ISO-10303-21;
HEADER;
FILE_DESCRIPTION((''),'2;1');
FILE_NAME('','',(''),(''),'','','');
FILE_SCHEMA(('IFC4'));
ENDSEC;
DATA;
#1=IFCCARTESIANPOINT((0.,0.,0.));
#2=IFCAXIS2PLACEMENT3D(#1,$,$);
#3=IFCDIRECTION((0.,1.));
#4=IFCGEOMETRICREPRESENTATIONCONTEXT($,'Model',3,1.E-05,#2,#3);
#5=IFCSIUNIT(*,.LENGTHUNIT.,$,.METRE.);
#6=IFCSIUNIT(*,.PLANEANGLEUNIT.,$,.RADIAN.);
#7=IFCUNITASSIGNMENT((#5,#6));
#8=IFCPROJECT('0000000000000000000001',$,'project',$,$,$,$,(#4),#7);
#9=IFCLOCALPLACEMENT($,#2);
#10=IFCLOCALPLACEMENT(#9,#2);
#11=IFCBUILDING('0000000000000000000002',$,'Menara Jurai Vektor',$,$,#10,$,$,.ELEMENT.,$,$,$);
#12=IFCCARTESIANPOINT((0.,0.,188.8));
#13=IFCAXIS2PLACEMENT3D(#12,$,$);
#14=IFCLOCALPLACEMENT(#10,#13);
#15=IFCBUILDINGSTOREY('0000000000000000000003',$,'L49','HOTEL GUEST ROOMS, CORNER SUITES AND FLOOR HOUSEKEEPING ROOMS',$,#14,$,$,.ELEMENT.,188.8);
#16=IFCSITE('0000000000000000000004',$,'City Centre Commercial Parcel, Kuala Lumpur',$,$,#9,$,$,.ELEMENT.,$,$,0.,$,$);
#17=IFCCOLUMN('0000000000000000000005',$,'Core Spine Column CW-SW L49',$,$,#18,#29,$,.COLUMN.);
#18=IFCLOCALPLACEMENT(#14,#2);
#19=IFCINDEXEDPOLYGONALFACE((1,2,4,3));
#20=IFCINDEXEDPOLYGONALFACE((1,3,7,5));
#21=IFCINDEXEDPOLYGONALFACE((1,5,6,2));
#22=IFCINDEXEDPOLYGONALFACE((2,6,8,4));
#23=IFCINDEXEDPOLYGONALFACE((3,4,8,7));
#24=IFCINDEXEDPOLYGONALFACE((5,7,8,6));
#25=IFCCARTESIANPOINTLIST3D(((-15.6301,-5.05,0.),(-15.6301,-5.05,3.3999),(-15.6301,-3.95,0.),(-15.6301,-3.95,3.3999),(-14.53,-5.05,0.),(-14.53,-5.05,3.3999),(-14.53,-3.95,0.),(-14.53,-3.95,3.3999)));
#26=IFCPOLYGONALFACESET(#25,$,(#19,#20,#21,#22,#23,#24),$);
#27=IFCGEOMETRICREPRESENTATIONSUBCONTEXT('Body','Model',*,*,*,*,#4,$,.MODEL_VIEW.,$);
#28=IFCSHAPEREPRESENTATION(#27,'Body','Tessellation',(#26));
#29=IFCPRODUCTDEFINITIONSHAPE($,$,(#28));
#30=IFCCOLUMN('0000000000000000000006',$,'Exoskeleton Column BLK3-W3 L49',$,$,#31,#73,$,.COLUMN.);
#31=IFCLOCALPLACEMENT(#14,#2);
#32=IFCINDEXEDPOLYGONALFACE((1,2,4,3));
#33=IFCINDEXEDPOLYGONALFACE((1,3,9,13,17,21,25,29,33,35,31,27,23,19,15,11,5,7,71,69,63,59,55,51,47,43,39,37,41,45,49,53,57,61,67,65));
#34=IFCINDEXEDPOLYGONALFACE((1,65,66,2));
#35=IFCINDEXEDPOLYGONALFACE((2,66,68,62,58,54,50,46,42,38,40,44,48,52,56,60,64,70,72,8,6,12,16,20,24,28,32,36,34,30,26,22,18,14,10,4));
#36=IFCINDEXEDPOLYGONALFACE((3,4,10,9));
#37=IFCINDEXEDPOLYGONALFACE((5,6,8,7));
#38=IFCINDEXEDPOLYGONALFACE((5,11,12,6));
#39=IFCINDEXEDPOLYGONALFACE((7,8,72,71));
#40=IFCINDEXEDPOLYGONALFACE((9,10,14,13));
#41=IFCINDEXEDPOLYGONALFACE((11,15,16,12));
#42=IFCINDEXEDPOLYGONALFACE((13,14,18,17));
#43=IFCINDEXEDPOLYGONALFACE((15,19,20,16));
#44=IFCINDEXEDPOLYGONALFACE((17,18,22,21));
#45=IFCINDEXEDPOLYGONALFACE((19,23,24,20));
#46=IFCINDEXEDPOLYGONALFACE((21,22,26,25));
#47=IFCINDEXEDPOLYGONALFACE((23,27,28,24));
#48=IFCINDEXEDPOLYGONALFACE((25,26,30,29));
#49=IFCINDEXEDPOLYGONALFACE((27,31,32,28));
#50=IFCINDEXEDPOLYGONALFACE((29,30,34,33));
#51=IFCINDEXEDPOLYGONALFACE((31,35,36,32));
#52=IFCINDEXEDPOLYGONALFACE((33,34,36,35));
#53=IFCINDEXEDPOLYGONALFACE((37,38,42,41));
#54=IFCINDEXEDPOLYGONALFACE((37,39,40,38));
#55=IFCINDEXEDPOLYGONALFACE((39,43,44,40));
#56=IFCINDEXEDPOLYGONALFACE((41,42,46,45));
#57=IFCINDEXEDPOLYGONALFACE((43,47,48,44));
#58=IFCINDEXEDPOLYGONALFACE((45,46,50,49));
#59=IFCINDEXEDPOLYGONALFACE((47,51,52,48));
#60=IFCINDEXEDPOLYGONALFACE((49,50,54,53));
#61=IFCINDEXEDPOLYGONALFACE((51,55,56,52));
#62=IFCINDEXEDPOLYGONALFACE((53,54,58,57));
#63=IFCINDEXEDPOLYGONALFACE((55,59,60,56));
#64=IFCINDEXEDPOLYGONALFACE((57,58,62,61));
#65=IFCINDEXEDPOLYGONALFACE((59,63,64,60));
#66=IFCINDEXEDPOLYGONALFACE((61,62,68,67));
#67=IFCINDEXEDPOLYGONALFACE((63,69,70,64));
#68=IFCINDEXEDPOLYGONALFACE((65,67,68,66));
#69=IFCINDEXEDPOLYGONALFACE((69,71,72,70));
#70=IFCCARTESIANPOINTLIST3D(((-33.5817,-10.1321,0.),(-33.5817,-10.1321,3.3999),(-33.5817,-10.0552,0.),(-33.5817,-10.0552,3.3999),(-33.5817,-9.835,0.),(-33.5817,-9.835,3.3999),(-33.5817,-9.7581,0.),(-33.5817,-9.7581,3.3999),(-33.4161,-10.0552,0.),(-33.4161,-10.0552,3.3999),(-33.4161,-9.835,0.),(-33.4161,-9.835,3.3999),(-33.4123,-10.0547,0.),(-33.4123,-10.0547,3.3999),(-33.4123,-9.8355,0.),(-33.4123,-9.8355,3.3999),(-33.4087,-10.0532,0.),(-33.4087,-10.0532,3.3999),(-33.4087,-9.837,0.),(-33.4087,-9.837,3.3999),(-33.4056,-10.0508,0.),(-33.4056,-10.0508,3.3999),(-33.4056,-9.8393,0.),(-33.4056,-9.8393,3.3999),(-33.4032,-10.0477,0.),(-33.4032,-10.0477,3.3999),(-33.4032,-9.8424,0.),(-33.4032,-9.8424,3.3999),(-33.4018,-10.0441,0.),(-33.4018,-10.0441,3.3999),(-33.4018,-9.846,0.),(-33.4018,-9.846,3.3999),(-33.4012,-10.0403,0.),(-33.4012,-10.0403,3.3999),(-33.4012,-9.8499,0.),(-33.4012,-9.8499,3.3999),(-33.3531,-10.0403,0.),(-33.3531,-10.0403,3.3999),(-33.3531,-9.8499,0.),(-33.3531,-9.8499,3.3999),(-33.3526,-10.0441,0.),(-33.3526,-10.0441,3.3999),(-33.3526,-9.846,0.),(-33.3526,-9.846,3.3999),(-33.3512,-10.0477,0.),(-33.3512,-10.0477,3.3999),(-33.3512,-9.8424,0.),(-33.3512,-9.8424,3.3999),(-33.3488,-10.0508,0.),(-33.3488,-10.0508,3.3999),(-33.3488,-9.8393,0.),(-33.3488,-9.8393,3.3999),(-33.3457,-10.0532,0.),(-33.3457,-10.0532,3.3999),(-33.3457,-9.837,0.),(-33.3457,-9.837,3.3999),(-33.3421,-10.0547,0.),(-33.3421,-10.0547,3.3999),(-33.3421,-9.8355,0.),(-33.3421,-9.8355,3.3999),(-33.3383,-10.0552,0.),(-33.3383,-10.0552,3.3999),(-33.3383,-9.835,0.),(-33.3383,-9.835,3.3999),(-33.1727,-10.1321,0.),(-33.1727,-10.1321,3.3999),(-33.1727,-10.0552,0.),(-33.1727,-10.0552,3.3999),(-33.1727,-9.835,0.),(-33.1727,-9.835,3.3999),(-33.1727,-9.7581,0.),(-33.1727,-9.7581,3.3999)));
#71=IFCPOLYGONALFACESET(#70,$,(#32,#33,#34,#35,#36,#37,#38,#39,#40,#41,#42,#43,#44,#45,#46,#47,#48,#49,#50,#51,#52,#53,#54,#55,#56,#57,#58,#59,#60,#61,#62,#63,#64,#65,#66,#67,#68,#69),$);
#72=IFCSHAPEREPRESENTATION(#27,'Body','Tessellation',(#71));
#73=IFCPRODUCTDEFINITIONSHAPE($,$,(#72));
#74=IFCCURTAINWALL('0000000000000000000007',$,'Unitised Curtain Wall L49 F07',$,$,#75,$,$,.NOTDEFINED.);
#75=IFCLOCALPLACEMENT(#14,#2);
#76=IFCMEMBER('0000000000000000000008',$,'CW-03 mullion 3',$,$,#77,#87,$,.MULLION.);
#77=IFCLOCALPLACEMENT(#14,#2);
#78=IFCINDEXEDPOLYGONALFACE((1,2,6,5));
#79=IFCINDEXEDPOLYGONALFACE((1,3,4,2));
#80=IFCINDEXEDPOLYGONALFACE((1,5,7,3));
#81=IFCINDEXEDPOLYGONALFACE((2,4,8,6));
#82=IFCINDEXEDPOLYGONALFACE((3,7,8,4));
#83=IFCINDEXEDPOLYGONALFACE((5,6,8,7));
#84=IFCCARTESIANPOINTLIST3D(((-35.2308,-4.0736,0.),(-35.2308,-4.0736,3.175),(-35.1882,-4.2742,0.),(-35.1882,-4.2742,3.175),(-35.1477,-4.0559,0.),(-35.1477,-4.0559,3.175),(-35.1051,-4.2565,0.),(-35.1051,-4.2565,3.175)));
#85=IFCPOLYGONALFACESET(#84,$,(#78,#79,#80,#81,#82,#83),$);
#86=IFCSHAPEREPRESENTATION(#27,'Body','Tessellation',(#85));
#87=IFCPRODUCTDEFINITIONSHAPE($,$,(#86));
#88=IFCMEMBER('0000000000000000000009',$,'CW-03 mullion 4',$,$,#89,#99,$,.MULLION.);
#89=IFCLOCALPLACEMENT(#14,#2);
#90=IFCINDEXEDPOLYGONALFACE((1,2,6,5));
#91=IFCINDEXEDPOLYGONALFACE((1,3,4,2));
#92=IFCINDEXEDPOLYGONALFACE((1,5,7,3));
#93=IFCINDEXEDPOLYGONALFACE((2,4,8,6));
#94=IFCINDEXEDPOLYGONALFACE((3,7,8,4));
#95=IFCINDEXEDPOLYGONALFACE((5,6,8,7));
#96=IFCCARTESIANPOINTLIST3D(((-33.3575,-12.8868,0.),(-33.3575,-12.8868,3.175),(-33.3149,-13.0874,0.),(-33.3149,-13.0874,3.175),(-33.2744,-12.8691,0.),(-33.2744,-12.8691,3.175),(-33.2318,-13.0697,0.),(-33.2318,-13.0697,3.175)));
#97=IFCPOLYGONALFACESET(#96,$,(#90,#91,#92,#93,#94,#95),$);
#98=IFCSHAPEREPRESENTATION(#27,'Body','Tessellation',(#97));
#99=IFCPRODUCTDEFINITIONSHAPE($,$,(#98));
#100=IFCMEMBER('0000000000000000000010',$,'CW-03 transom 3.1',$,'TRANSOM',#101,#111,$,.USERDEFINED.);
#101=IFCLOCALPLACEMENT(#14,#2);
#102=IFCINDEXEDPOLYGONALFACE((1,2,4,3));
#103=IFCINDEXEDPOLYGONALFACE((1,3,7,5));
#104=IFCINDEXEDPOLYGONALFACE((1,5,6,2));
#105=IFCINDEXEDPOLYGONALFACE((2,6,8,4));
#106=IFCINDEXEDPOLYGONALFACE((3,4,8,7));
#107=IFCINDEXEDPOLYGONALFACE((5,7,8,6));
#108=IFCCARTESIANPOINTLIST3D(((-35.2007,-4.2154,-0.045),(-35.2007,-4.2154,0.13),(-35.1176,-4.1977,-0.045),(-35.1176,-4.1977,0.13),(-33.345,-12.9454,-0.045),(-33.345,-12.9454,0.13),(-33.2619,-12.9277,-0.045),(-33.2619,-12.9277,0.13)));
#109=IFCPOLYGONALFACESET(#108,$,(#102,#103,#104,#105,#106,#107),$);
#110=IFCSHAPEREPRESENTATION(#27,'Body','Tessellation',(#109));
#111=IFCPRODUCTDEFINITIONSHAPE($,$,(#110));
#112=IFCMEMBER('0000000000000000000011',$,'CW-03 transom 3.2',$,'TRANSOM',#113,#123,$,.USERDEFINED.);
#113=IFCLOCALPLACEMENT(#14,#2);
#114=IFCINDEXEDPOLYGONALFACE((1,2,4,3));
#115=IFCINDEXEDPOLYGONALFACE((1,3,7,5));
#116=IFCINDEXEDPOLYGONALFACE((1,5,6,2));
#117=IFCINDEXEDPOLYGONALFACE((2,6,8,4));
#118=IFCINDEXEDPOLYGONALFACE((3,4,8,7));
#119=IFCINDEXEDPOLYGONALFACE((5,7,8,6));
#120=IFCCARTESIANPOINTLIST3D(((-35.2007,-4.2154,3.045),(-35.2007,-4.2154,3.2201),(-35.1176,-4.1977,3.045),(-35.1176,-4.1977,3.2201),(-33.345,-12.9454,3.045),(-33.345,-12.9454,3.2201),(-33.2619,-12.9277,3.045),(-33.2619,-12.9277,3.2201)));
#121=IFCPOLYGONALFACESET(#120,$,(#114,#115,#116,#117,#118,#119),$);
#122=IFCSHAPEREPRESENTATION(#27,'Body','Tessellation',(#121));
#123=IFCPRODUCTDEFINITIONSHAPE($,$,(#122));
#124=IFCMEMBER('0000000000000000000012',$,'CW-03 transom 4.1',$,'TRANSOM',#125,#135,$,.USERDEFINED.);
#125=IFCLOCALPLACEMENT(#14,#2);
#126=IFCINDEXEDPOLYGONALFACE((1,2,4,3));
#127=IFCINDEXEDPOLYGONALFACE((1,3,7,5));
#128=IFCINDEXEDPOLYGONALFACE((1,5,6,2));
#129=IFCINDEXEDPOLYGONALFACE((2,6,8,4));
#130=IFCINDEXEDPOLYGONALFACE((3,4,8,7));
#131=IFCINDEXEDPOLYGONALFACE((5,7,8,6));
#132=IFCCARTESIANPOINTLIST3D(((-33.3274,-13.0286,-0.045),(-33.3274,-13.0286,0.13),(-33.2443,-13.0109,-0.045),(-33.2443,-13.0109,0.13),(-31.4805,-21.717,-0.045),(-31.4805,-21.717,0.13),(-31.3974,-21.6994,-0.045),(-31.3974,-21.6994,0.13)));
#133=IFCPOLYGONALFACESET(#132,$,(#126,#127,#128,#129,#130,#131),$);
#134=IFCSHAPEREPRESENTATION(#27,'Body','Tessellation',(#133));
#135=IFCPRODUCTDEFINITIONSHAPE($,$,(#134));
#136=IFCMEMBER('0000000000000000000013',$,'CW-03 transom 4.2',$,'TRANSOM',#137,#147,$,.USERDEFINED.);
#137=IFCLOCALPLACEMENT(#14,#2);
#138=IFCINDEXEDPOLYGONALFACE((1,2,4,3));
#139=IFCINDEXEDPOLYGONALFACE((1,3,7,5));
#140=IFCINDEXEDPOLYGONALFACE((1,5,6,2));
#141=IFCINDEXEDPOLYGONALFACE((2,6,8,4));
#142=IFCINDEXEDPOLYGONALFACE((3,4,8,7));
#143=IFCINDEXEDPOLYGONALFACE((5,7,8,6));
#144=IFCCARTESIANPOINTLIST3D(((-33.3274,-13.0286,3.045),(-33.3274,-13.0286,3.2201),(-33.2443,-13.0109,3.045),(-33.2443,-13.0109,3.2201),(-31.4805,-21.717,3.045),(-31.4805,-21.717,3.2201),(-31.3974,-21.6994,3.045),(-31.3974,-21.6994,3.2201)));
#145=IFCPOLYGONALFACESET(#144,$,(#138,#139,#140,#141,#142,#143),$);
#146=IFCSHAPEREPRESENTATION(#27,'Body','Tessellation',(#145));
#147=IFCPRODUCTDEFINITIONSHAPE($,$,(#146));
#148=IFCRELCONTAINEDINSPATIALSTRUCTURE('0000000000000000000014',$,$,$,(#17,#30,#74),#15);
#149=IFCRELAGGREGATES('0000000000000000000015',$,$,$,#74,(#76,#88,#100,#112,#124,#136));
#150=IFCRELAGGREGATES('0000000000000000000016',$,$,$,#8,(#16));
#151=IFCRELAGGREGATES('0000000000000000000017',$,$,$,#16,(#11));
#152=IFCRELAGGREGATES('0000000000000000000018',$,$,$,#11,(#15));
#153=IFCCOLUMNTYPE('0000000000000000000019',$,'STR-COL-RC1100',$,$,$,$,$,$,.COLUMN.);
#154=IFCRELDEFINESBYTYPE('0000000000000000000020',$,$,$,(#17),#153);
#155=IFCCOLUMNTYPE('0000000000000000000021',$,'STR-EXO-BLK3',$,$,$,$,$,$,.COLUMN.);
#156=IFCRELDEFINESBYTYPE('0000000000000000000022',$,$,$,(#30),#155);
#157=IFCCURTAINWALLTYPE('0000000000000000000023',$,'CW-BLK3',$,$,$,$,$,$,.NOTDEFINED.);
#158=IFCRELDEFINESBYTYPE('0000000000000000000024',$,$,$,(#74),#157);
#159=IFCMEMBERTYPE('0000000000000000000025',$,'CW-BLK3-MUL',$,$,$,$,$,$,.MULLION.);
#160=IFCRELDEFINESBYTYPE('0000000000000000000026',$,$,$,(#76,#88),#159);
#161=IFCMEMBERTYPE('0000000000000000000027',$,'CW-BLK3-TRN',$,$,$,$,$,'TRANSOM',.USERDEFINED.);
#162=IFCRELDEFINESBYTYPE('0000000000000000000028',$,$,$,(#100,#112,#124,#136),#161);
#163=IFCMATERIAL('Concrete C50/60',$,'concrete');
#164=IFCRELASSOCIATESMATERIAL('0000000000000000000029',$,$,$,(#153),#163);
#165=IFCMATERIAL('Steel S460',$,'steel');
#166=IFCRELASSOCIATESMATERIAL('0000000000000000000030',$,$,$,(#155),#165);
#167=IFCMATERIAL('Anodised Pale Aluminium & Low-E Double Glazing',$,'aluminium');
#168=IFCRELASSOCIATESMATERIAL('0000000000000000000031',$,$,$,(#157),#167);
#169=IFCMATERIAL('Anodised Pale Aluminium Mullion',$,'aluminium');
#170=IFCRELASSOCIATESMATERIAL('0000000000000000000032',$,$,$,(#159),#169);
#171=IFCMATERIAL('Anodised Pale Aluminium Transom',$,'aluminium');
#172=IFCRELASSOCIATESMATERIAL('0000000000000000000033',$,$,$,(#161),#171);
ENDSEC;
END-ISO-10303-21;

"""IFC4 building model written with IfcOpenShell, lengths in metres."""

from ifc_helpers import new_model, si_unit, direction, frame, origin, origin_2d, place, context, subcontext, project, spatial, rectangle, i_section, extrude, material, material_profile, profile_set, type_object, element, aggregate, save


model = new_model("IFC4")

# Units and contexts
model_context = context("Model", 3, precision=1e-05, world=origin(), true_north=direction((0.0, 1.0)))
body_context = subcontext(model_context, "Body", "Model", "MODEL_VIEW")
ifc_project = project(units=[si_unit("LENGTHUNIT", "METRE"), si_unit("PLANEANGLEUNIT", "RADIAN")], contexts=[model_context])

# Site, building, storey
site_placement = place(None, origin())
site = spatial("IfcSite", under=ifc_project, at=site_placement, Name="City Centre Commercial Parcel, Kuala Lumpur", CompositionType="ELEMENT", RefElevation=0.0)
building_placement = place(site_placement, origin())
building = spatial("IfcBuilding", under=site, at=building_placement, Name="Menara Jurai Vektor", CompositionType="ELEMENT")
storey_placement = place(building_placement, frame((0.0, 0.0, 188.8)))
storey = spatial("IfcBuildingStorey", under=building, at=storey_placement, Name="L49", Description="HOTEL GUEST ROOMS, CORNER SUITES AND FLOOR HOUSEKEEPING ROOMS", CompositionType="ELEMENT", Elevation=188.8)

# Columns
ifc_material_1 = material(Name="Concrete C50/60", Category="concrete")
ifc_material_profile_1 = material_profile(ifc_material_1, rectangle(XDim=1.1001, YDim=1.1001, at=origin_2d()), Name="RC 1100x1100")
ifc_profile_set_1 = profile_set([ifc_material_profile_1], Name="Concrete C50/60")
column_type_1 = type_object("IfcColumnType", Name="STR-COL-RC1100", PredefinedType="COLUMN", material=ifc_profile_set_1)
column_1_placement = place(storey_placement, frame((-15.0801, -4.5, 0.0), z_axis=(0.0, 0.0, 1.0), x_axis=(1.0, 0.0, 0.0)))
element("IfcColumn", 1, at=column_1_placement, inside=storey, type_object=column_type_1, Name="Core Spine Column CW-SW L49", PredefinedType="COLUMN", context=body_context, shape_type="SweptSolid", body=[
    extrude(rectangle(XDim=1.1001, YDim=1.1001, at=origin_2d()), origin(), (0.0, 0.0, 1.0), 3.3999),
])
ifc_material_2 = material(Name="Steel S460", Category="steel")
ifc_material_profile_2 = material_profile(ifc_material_2, i_section(OverallWidth=0.4089, OverallDepth=0.374, WebThickness=0.0481, FlangeThickness=0.0769, FilletRadius=0.0149, at=origin_2d()), Name="HD 400x634")
ifc_profile_set_2 = profile_set([ifc_material_profile_2], Name="Steel S460")
column_type_2 = type_object("IfcColumnType", Name="STR-EXO-BLK3", PredefinedType="COLUMN", material=ifc_profile_set_2)
column_2_placement = place(storey_placement, frame((-33.3772, -9.9451, 0.0), z_axis=(0.0, 0.0, 1.0), x_axis=(1.0, 0.0, 0.0)))
element("IfcColumn", 2, at=column_2_placement, inside=storey, type_object=column_type_2, Name="Exoskeleton Column BLK3-W3 L49", PredefinedType="COLUMN", context=body_context, shape_type="SweptSolid", body=[
    extrude(i_section(OverallWidth=0.4089, OverallDepth=0.374, WebThickness=0.0481, FlangeThickness=0.0769, FilletRadius=0.0149, at=origin_2d()), origin(), (0.0, 0.0, 1.0), 3.3999),
])

# Curtain wall, members
ifc_material_3 = material(Name="Anodised Pale Aluminium & Low-E Double Glazing", Category="aluminium")
curtain_wall_type = type_object("IfcCurtainWallType", Name="CW-BLK3", PredefinedType="NOTDEFINED", material=ifc_material_3)
curtain_wall_placement = place(storey_placement, origin())
curtain_wall = element("IfcCurtainWall", 3, at=curtain_wall_placement, inside=storey, type_object=curtain_wall_type, Name="Unitised Curtain Wall L49 F07", PredefinedType="NOTDEFINED")
ifc_material_4 = material(Name="Anodised Pale Aluminium Mullion", Category="aluminium")
ifc_material_profile_3 = material_profile(ifc_material_4, rectangle(XDim=0.085, YDim=0.2051, at=origin_2d()), Name="ALU MUL 85x205")
ifc_profile_set_3 = profile_set([ifc_material_profile_3], Name="Anodised Pale Aluminium Mullion")
member_type_1 = type_object("IfcMemberType", Name="CW-BLK3-MUL", PredefinedType="MULLION", material=ifc_profile_set_3)
member_1_placement = place(storey_placement, frame((-35.168, -4.165, 0.0), z_axis=(0.0, 0.0, 1.0), x_axis=(0.978148, 0.20791, 0.0)))
member_1 = element("IfcMember", 4, at=member_1_placement, type_object=member_type_1, Name="CW-03 mullion 3", PredefinedType="MULLION", context=body_context, shape_type="SweptSolid", body=[
    extrude(rectangle(XDim=0.085, YDim=0.2051, at=origin_2d()), origin(), (0.0, 0.0, 1.0), 3.175),
])
member_2_placement = place(storey_placement, frame((-33.2947, -12.9783, 0.0), z_axis=(0.0, 0.0, 1.0), x_axis=(0.978148, 0.20791, 0.0)))
member_2 = element("IfcMember", 5, at=member_2_placement, type_object=member_type_1, Name="CW-03 mullion 4", PredefinedType="MULLION", context=body_context, shape_type="SweptSolid", body=[
    extrude(rectangle(XDim=0.085, YDim=0.2051, at=origin_2d()), origin(), (0.0, 0.0, 1.0), 3.175),
])
ifc_material_5 = material(Name="Anodised Pale Aluminium Transom", Category="aluminium")
ifc_material_profile_4 = material_profile(ifc_material_5, rectangle(XDim=0.085, YDim=0.175, at=origin_2d()), Name="ALU TRN 85x175")
ifc_profile_set_4 = profile_set([ifc_material_profile_4], Name="Anodised Pale Aluminium Transom")
member_type_2 = type_object("IfcMemberType", Name="CW-BLK3-TRN", ElementType="TRANSOM", PredefinedType="USERDEFINED", material=ifc_profile_set_4)
member_3_placement = place(storey_placement, frame((-35.1592, -4.2065, 0.0425), z_axis=(0.207922, -0.978145, 0.0), x_axis=(0.978145, 0.207922, 0.0)))
member_3 = element("IfcMember", 6, at=member_3_placement, type_object=member_type_2, Name="CW-03 transom 3.1", ObjectType="TRANSOM", PredefinedType="USERDEFINED", context=body_context, shape_type="SweptSolid", body=[
    extrude(rectangle(XDim=0.085, YDim=0.175, at=origin_2d()), origin(), (0.0, 0.0, 1.0), 8.925),
])
member_4_placement = place(storey_placement, frame((-35.1592, -4.2065, 3.1326), z_axis=(0.207922, -0.978145, 0.0), x_axis=(0.978145, 0.207922, 0.0)))
member_4 = element("IfcMember", 7, at=member_4_placement, type_object=member_type_2, Name="CW-03 transom 3.2", ObjectType="TRANSOM", PredefinedType="USERDEFINED", context=body_context, shape_type="SweptSolid", body=[
    extrude(rectangle(XDim=0.085, YDim=0.175, at=origin_2d()), origin(), (0.0, 0.0, 1.0), 8.925),
])
member_5_placement = place(storey_placement, frame((-33.2859, -13.0198, 0.0425), z_axis=(0.207926, -0.978145, 0.0), x_axis=(0.978145, 0.207926, 0.0)))
member_5 = element("IfcMember", 8, at=member_5_placement, type_object=member_type_2, Name="CW-03 transom 4.1", ObjectType="TRANSOM", PredefinedType="USERDEFINED", context=body_context, shape_type="SweptSolid", body=[
    extrude(rectangle(XDim=0.085, YDim=0.175, at=origin_2d()), origin(), (0.0, 0.0, 1.0), 8.8826),
])
member_6_placement = place(storey_placement, frame((-33.2859, -13.0198, 3.1326), z_axis=(0.207926, -0.978145, 0.0), x_axis=(0.978145, 0.207926, 0.0)))
member_6 = element("IfcMember", 9, at=member_6_placement, type_object=member_type_2, Name="CW-03 transom 4.2", ObjectType="TRANSOM", PredefinedType="USERDEFINED", context=body_context, shape_type="SweptSolid", body=[
    extrude(rectangle(XDim=0.085, YDim=0.175, at=origin_2d()), origin(), (0.0, 0.0, 1.0), 8.8826),
])

aggregate(curtain_wall, [member_1, member_2, member_3, member_4, member_5, member_6])

save(model, "model.ifc")
